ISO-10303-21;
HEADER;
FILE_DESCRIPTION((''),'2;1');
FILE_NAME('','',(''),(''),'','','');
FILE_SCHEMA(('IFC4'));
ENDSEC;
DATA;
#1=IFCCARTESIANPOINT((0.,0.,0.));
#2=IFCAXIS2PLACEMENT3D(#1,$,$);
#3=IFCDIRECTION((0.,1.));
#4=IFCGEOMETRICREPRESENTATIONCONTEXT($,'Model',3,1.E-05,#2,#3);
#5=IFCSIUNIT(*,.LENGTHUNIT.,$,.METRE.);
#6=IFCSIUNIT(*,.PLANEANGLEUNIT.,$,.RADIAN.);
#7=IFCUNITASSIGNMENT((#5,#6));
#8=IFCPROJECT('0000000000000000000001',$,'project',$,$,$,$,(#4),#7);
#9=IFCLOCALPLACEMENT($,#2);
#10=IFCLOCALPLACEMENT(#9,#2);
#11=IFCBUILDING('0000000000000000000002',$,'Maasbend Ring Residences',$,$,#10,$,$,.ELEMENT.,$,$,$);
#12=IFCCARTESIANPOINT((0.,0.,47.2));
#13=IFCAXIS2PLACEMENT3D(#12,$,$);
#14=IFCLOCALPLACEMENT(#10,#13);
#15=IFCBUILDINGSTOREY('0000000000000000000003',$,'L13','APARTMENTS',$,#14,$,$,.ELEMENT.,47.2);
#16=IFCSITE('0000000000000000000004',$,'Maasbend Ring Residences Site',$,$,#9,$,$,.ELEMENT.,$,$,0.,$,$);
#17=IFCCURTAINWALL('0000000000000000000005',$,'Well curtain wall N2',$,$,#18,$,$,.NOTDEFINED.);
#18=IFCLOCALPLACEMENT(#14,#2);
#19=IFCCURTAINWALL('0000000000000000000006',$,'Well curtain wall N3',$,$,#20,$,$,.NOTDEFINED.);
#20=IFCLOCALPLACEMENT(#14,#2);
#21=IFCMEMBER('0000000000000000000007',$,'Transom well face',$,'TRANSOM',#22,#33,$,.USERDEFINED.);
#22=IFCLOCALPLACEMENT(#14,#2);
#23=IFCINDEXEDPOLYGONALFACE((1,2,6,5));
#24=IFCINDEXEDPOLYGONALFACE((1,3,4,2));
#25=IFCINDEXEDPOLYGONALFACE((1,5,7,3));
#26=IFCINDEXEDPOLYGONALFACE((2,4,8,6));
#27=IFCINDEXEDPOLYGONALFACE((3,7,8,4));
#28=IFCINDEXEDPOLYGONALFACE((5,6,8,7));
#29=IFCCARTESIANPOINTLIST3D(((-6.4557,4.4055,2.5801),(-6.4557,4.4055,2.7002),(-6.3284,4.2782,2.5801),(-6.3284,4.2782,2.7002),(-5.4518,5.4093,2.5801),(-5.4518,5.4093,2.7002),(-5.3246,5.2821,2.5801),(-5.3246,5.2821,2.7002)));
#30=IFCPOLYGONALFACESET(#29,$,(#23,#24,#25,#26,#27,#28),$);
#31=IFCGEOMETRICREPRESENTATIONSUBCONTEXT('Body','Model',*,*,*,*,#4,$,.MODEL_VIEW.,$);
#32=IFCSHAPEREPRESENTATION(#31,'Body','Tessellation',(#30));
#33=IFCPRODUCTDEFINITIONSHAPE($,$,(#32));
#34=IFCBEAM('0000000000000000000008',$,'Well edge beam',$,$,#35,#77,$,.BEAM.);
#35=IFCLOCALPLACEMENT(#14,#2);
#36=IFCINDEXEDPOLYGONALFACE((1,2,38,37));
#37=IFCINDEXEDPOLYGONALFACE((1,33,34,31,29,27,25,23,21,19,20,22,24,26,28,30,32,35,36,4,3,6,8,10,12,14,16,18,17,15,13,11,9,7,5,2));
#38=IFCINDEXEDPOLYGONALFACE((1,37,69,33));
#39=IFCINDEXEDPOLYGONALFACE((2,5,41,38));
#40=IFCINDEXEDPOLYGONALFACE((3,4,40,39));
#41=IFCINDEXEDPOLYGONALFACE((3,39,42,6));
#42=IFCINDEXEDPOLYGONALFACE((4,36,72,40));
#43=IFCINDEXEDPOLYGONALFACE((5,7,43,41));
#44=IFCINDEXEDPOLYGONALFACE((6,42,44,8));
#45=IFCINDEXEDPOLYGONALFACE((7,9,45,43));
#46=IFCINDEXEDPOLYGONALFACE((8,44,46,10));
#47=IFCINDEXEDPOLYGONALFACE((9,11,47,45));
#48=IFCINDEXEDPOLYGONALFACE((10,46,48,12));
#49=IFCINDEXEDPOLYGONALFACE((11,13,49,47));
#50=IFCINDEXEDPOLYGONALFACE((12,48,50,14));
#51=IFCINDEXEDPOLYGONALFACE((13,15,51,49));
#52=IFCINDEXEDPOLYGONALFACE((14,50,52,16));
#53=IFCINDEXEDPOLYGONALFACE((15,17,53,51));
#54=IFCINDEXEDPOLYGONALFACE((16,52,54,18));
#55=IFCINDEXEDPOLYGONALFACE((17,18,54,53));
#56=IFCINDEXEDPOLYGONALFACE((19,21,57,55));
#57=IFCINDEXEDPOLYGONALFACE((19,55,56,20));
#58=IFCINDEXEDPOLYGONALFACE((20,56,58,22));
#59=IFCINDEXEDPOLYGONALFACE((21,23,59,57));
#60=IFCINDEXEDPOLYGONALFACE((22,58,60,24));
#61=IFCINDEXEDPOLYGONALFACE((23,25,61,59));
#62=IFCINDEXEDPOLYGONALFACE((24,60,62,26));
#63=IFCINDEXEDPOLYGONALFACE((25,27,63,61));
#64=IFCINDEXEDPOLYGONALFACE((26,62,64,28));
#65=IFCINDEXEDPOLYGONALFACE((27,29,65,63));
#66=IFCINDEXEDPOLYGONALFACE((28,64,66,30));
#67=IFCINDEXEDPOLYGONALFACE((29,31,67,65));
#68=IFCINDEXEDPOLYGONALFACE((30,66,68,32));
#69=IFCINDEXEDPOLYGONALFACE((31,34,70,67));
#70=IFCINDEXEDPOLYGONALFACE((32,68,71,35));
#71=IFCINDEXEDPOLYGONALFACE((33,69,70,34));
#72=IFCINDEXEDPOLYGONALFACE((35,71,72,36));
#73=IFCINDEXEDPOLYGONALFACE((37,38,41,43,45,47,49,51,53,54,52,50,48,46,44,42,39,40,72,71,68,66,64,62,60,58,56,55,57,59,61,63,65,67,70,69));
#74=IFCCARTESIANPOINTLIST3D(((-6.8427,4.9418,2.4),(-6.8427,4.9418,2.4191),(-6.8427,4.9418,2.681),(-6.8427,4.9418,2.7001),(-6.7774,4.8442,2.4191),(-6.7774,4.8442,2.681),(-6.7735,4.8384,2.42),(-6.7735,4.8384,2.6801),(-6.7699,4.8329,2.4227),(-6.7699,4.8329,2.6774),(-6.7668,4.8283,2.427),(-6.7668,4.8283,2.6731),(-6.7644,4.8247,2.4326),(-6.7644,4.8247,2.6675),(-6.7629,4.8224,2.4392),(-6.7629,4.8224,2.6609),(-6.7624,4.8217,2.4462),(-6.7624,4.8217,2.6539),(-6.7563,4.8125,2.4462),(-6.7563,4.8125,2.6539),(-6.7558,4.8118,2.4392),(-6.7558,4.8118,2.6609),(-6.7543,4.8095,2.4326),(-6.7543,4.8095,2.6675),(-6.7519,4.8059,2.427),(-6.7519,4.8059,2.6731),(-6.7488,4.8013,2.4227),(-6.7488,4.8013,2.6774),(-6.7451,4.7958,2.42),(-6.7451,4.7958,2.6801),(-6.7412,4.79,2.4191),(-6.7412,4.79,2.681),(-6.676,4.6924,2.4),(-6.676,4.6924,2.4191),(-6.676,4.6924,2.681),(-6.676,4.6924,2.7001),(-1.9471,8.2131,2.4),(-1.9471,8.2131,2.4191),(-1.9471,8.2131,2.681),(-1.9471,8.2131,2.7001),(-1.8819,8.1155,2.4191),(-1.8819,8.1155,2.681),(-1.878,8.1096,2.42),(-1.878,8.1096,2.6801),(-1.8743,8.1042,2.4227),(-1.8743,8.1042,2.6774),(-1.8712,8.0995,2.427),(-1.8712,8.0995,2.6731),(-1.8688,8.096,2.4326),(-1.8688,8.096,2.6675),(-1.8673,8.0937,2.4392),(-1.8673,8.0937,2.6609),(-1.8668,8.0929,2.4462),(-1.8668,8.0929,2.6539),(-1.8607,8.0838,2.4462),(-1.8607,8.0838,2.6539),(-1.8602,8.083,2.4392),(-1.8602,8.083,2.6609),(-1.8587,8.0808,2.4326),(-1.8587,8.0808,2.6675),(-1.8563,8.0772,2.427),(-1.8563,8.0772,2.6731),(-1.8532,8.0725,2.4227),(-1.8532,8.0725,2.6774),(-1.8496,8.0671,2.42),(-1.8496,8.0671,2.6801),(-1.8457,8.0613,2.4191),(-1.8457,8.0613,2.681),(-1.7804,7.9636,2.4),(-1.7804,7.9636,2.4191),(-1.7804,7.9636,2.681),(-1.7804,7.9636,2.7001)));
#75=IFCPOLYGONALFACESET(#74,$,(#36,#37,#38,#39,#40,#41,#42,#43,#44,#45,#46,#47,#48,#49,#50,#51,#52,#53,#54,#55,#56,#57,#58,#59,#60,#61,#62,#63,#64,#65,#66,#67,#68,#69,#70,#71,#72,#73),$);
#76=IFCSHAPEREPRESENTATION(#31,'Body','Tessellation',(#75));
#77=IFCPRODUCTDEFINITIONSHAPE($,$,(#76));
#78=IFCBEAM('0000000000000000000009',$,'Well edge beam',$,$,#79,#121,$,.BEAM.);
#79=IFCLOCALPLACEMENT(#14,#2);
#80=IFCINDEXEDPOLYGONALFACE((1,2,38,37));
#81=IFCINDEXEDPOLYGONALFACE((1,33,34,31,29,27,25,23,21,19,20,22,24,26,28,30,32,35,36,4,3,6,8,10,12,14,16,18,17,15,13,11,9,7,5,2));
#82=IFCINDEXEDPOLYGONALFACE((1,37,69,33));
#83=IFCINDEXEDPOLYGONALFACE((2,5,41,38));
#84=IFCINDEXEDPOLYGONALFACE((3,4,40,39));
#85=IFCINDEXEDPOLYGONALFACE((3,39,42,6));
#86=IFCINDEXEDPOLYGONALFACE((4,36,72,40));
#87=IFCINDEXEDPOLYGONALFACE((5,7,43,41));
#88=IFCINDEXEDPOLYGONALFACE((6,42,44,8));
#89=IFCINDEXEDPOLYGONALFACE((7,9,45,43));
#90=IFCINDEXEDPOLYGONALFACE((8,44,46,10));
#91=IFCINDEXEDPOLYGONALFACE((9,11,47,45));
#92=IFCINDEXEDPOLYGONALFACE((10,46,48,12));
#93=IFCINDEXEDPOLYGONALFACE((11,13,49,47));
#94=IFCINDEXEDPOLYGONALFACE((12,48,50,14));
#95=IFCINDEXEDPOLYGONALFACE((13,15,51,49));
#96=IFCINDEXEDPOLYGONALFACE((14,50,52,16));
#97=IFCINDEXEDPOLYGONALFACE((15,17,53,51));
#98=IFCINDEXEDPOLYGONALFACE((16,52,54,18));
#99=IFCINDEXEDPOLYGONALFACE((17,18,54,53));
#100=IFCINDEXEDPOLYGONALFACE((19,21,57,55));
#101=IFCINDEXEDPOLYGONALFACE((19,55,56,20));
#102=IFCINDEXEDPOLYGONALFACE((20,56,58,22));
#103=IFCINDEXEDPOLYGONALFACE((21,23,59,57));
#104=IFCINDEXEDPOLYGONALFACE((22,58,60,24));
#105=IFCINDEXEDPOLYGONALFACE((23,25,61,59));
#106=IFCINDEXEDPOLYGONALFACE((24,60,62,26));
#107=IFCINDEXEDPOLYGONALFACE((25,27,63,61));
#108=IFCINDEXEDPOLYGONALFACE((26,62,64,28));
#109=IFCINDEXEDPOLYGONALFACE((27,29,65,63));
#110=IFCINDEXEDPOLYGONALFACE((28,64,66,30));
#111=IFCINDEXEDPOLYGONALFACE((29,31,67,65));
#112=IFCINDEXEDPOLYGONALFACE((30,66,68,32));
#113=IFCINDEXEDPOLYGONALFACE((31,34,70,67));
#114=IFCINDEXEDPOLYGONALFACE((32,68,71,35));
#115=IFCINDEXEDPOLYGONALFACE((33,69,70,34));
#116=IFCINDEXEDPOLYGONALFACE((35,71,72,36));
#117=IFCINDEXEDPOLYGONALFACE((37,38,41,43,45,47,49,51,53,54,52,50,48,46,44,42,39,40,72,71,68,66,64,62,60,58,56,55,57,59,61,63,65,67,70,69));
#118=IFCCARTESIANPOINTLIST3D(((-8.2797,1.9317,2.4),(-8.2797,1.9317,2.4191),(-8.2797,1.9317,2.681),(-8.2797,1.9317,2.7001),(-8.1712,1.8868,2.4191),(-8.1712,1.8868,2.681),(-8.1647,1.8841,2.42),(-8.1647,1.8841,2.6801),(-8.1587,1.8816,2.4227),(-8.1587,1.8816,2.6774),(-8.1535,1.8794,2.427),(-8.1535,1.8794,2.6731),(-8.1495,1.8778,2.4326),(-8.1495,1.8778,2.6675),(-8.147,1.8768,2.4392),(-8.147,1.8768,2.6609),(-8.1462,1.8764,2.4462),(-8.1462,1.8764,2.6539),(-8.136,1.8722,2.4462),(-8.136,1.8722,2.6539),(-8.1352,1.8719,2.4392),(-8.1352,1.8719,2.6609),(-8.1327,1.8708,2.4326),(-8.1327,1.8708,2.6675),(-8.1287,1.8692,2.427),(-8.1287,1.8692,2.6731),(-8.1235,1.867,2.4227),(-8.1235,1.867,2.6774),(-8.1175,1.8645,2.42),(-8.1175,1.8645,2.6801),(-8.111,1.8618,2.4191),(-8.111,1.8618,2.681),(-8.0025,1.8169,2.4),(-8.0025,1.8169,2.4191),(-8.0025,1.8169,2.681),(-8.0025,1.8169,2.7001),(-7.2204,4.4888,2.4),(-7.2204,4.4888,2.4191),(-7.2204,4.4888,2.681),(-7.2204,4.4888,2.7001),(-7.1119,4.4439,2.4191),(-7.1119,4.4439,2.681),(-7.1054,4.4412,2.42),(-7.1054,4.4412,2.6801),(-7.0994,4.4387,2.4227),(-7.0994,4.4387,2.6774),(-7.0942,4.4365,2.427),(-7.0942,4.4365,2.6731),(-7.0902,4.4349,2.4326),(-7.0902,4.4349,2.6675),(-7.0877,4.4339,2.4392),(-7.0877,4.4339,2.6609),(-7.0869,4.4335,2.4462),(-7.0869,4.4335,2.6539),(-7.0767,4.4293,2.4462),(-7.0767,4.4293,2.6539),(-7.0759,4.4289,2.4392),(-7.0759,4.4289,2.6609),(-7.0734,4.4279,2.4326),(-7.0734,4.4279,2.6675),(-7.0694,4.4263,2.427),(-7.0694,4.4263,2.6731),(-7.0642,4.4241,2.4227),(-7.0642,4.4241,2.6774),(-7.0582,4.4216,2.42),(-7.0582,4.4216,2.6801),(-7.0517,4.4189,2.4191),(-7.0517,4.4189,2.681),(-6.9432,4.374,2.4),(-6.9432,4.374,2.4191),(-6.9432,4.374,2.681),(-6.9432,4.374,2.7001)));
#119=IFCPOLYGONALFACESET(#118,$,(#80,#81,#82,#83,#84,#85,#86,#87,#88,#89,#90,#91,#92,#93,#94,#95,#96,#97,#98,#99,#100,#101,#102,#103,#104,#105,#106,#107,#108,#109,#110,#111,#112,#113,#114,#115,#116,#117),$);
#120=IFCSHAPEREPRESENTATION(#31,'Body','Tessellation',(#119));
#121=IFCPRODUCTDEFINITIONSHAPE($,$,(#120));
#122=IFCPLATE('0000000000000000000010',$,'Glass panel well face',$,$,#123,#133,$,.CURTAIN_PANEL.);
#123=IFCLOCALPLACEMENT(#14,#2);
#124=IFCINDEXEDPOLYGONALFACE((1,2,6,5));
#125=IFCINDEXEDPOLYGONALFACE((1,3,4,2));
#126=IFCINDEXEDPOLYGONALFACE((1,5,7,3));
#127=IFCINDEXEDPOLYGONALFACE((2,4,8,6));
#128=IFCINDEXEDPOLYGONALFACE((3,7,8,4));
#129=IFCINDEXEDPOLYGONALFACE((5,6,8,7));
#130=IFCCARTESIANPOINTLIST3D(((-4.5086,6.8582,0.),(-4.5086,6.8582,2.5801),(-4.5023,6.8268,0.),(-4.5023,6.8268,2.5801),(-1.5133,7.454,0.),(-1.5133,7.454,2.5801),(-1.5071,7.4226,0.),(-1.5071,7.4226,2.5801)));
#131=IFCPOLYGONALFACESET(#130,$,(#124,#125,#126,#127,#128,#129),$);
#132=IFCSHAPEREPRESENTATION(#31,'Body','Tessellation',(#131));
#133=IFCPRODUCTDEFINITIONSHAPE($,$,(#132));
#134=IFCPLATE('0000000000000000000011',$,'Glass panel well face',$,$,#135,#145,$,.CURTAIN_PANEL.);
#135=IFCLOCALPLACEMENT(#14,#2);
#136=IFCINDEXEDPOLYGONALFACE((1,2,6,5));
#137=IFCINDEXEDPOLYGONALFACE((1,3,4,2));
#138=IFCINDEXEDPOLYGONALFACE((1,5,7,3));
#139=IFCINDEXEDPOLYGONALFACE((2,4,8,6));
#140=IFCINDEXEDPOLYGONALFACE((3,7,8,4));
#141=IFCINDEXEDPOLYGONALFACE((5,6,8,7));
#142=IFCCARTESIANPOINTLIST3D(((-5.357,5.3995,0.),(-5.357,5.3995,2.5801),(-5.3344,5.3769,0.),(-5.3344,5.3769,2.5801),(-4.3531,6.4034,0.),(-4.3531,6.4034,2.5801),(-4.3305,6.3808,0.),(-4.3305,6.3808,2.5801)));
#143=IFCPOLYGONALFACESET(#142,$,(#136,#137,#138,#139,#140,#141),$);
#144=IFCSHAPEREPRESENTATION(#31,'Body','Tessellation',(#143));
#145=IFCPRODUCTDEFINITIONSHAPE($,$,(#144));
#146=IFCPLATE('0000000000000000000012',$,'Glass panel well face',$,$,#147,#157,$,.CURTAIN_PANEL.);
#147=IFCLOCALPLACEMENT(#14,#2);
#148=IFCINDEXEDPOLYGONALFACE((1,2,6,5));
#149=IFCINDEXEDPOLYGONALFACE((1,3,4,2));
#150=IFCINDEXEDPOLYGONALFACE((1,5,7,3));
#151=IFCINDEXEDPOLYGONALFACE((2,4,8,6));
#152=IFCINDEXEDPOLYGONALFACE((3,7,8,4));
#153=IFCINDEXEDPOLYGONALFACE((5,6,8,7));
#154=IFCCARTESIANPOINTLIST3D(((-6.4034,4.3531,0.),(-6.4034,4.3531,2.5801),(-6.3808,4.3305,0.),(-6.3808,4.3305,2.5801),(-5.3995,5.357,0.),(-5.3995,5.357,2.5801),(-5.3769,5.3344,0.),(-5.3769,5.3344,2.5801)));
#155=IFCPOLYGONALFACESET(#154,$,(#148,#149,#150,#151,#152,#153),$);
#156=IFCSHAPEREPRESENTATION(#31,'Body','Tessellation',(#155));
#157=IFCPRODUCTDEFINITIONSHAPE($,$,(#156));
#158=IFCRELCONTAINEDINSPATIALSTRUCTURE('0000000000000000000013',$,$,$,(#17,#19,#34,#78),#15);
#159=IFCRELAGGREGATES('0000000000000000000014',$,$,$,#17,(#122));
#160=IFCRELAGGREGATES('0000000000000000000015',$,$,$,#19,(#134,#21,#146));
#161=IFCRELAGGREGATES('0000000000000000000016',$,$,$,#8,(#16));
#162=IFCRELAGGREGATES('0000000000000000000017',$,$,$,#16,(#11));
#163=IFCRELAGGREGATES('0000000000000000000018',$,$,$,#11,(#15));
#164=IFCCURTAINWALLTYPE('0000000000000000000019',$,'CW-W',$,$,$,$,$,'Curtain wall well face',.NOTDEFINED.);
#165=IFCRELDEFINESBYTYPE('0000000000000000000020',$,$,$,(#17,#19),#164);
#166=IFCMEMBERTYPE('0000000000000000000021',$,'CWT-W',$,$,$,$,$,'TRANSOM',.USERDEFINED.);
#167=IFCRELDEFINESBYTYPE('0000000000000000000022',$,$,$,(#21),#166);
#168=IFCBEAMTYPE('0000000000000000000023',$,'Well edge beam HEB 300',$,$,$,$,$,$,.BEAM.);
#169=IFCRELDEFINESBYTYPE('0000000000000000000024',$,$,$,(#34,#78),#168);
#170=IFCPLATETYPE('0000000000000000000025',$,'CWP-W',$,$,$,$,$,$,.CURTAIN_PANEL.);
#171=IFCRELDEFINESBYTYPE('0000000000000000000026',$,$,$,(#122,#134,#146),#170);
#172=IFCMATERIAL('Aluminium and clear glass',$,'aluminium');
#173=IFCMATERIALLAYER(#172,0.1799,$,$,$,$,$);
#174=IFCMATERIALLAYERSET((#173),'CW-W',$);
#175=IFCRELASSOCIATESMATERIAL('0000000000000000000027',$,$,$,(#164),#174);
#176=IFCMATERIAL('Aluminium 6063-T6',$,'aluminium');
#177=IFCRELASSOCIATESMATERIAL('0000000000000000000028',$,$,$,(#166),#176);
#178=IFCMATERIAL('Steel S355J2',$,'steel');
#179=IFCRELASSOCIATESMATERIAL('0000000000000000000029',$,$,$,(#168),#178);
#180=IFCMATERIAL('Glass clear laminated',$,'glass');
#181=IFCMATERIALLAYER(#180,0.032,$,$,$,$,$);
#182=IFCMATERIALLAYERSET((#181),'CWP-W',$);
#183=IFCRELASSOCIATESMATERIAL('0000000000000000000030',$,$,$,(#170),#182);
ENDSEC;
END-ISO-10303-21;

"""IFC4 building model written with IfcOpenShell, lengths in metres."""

from ifc_helpers import new_model, si_unit, direction, frame, origin, origin_2d, place, context, subcontext, project, spatial, rectangle, i_section, extrude, material, layer, layer_set, material_profile, profile_set, type_object, element, aggregate, save


model = new_model("IFC4")

# Units and contexts
model_context = context("Model", 3, precision=1e-05, world=origin(), true_north=direction((0.0, 1.0)))
body_context = subcontext(model_context, "Body", "Model", "MODEL_VIEW")
ifc_project = project(units=[si_unit("LENGTHUNIT", "METRE"), si_unit("PLANEANGLEUNIT", "RADIAN")], contexts=[model_context])

# Site, building, storey
site_placement = place(None, origin())
site = spatial("IfcSite", under=ifc_project, at=site_placement, Name="Maasbend Ring Residences Site", CompositionType="ELEMENT", RefElevation=0.0)
building_placement = place(site_placement, origin())
building = spatial("IfcBuilding", under=site, at=building_placement, Name="Maasbend Ring Residences", CompositionType="ELEMENT")
storey_placement = place(building_placement, frame((0.0, 0.0, 47.2)))
storey = spatial("IfcBuildingStorey", under=building, at=storey_placement, Name="L13", Description="APARTMENTS", CompositionType="ELEMENT", Elevation=47.2)

# Curtain walls
ifc_material_1 = material(Name="Aluminium and clear glass", Category="aluminium")
ifc_layer_1 = layer(ifc_material_1, 0.1799)
ifc_layer_set_1 = layer_set([ifc_layer_1], Name="CW-W")
curtain_wall_type = type_object("IfcCurtainWallType", Name="CW-W", ElementType="Curtain wall well face", PredefinedType="NOTDEFINED", material=ifc_layer_set_1)
curtain_wall_1_placement = place(storey_placement, origin())
curtain_wall_1 = element("IfcCurtainWall", 1, at=curtain_wall_1_placement, inside=storey, type_object=curtain_wall_type, Name="Well curtain wall N2", PredefinedType="NOTDEFINED")
curtain_wall_2_placement = place(storey_placement, origin())
curtain_wall_2 = element("IfcCurtainWall", 2, at=curtain_wall_2_placement, inside=storey, type_object=curtain_wall_type, Name="Well curtain wall N3", PredefinedType="NOTDEFINED")

# Member
ifc_material_2 = material(Name="Aluminium 6063-T6", Category="aluminium")
ifc_material_profile_1 = material_profile(ifc_material_2, rectangle(XDim=0.1799, YDim=0.1201, at=origin_2d()), Name="AL 180x120")
ifc_profile_set_1 = profile_set([ifc_material_profile_1], Name="Aluminium 6063-T6")
member_type_1 = type_object("IfcMemberType", Name="CWT-W", ElementType="TRANSOM", PredefinedType="USERDEFINED", material=ifc_profile_set_1)
member_1_placement = place(storey_placement, frame((-5.3882, 5.3457, 2.6401), z_axis=(-0.707107, -0.707107, 0.0), x_axis=(0.707107, -0.707107, 0.0)))
member_1 = element("IfcMember", 3, at=member_1_placement, type_object=member_type_1, Name="Transom well face", ObjectType="TRANSOM", PredefinedType="USERDEFINED", context=body_context, shape_type="SweptSolid", body=[
    extrude(rectangle(XDim=0.1799, YDim=0.1201, at=origin_2d()), origin(), (0.0, 0.0, 1.0), 1.4197),
])

# Beams
ifc_material_3 = material(Name="Steel S355J2", Category="steel")
ifc_material_profile_2 = material_profile(ifc_material_3, i_section(OverallWidth=0.3, OverallDepth=0.3, WebThickness=0.011, FlangeThickness=0.019, FilletRadius=0.0271, at=origin_2d()), Name="HEB 300")
ifc_profile_set_2 = profile_set([ifc_material_profile_2], Name="Steel S355J2")
beam_type = type_object("IfcBeamType", Name="Well edge beam HEB 300", PredefinedType="BEAM", material=ifc_profile_set_2)
beam_1_placement = place(storey_placement, frame((-1.8638, 8.0884, 2.55), z_axis=(-0.831457, -0.55559, 0.0), x_axis=(0.55559, -0.831457, 0.0)))
element("IfcBeam", 4, at=beam_1_placement, inside=storey, type_object=beam_type, Name="Well edge beam", PredefinedType="BEAM", context=body_context, shape_type="SweptSolid", body=[
    extrude(i_section(OverallWidth=0.3, OverallDepth=0.3, WebThickness=0.011, FlangeThickness=0.019, FilletRadius=0.0271, at=origin_2d()), origin(), (0.0, 0.0, 1.0), 5.8879),
])
beam_2_placement = place(storey_placement, frame((-7.0818, 4.4314, 2.55), z_axis=(-0.382723, -0.923863, 0.0), x_axis=(0.923863, -0.382723, 0.0)))
element("IfcBeam", 5, at=beam_2_placement, inside=storey, type_object=beam_type, Name="Well edge beam", PredefinedType="BEAM", context=body_context, shape_type="SweptSolid", body=[
    extrude(i_section(OverallWidth=0.3, OverallDepth=0.3, WebThickness=0.011, FlangeThickness=0.019, FilletRadius=0.0271, at=origin_2d()), origin(), (0.0, 0.0, 1.0), 2.7678),
])

# Plates
ifc_material_4 = material(Name="Glass clear laminated", Category="glass")
ifc_layer_2 = layer(ifc_material_4, 0.032)
ifc_layer_set_2 = layer_set([ifc_layer_2], Name="CWP-W")
plate_type = type_object("IfcPlateType", Name="CWP-W", PredefinedType="CURTAIN_PANEL", material=ifc_layer_set_2)
plate_1_placement = place(storey_placement, frame((-3.0078, 7.1404, 0.0), z_axis=(0.0, 0.0, 1.0), x_axis=(-0.980785, -0.19509, 0.0)))
plate_1 = element("IfcPlate", 6, at=plate_1_placement, type_object=plate_type, Name="Glass panel well face", PredefinedType="CURTAIN_PANEL", context=body_context, shape_type="SweptSolid", body=[
    extrude(rectangle(XDim=3.054, YDim=0.032, at=origin_2d()), origin(), (0.0, 0.0, 1.0), 2.5801),
])
aggregate(curtain_wall_1, [plate_1])
plate_2_placement = place(storey_placement, frame((-4.8438, 5.8901, 0.0), z_axis=(0.0, 0.0, 1.0), x_axis=(-0.707107, -0.707107, 0.0)))
plate_2 = element("IfcPlate", 7, at=plate_2_placement, type_object=plate_type, Name="Glass panel well face", PredefinedType="CURTAIN_PANEL", context=body_context, shape_type="SweptSolid", body=[
    extrude(rectangle(XDim=1.4197, YDim=0.032, at=origin_2d()), origin(), (0.0, 0.0, 1.0), 2.5801),
])
plate_3_placement = place(storey_placement, frame((-5.8901, 4.8438, 0.0), z_axis=(0.0, 0.0, 1.0), x_axis=(-0.707107, -0.707107, 0.0)))
plate_3 = element("IfcPlate", 8, at=plate_3_placement, type_object=plate_type, Name="Glass panel well face", PredefinedType="CURTAIN_PANEL", context=body_context, shape_type="SweptSolid", body=[
    extrude(rectangle(XDim=1.4197, YDim=0.032, at=origin_2d()), origin(), (0.0, 0.0, 1.0), 2.5801),
])
aggregate(curtain_wall_2, [plate_2, member_1, plate_3])

save(model, "model.ifc")
